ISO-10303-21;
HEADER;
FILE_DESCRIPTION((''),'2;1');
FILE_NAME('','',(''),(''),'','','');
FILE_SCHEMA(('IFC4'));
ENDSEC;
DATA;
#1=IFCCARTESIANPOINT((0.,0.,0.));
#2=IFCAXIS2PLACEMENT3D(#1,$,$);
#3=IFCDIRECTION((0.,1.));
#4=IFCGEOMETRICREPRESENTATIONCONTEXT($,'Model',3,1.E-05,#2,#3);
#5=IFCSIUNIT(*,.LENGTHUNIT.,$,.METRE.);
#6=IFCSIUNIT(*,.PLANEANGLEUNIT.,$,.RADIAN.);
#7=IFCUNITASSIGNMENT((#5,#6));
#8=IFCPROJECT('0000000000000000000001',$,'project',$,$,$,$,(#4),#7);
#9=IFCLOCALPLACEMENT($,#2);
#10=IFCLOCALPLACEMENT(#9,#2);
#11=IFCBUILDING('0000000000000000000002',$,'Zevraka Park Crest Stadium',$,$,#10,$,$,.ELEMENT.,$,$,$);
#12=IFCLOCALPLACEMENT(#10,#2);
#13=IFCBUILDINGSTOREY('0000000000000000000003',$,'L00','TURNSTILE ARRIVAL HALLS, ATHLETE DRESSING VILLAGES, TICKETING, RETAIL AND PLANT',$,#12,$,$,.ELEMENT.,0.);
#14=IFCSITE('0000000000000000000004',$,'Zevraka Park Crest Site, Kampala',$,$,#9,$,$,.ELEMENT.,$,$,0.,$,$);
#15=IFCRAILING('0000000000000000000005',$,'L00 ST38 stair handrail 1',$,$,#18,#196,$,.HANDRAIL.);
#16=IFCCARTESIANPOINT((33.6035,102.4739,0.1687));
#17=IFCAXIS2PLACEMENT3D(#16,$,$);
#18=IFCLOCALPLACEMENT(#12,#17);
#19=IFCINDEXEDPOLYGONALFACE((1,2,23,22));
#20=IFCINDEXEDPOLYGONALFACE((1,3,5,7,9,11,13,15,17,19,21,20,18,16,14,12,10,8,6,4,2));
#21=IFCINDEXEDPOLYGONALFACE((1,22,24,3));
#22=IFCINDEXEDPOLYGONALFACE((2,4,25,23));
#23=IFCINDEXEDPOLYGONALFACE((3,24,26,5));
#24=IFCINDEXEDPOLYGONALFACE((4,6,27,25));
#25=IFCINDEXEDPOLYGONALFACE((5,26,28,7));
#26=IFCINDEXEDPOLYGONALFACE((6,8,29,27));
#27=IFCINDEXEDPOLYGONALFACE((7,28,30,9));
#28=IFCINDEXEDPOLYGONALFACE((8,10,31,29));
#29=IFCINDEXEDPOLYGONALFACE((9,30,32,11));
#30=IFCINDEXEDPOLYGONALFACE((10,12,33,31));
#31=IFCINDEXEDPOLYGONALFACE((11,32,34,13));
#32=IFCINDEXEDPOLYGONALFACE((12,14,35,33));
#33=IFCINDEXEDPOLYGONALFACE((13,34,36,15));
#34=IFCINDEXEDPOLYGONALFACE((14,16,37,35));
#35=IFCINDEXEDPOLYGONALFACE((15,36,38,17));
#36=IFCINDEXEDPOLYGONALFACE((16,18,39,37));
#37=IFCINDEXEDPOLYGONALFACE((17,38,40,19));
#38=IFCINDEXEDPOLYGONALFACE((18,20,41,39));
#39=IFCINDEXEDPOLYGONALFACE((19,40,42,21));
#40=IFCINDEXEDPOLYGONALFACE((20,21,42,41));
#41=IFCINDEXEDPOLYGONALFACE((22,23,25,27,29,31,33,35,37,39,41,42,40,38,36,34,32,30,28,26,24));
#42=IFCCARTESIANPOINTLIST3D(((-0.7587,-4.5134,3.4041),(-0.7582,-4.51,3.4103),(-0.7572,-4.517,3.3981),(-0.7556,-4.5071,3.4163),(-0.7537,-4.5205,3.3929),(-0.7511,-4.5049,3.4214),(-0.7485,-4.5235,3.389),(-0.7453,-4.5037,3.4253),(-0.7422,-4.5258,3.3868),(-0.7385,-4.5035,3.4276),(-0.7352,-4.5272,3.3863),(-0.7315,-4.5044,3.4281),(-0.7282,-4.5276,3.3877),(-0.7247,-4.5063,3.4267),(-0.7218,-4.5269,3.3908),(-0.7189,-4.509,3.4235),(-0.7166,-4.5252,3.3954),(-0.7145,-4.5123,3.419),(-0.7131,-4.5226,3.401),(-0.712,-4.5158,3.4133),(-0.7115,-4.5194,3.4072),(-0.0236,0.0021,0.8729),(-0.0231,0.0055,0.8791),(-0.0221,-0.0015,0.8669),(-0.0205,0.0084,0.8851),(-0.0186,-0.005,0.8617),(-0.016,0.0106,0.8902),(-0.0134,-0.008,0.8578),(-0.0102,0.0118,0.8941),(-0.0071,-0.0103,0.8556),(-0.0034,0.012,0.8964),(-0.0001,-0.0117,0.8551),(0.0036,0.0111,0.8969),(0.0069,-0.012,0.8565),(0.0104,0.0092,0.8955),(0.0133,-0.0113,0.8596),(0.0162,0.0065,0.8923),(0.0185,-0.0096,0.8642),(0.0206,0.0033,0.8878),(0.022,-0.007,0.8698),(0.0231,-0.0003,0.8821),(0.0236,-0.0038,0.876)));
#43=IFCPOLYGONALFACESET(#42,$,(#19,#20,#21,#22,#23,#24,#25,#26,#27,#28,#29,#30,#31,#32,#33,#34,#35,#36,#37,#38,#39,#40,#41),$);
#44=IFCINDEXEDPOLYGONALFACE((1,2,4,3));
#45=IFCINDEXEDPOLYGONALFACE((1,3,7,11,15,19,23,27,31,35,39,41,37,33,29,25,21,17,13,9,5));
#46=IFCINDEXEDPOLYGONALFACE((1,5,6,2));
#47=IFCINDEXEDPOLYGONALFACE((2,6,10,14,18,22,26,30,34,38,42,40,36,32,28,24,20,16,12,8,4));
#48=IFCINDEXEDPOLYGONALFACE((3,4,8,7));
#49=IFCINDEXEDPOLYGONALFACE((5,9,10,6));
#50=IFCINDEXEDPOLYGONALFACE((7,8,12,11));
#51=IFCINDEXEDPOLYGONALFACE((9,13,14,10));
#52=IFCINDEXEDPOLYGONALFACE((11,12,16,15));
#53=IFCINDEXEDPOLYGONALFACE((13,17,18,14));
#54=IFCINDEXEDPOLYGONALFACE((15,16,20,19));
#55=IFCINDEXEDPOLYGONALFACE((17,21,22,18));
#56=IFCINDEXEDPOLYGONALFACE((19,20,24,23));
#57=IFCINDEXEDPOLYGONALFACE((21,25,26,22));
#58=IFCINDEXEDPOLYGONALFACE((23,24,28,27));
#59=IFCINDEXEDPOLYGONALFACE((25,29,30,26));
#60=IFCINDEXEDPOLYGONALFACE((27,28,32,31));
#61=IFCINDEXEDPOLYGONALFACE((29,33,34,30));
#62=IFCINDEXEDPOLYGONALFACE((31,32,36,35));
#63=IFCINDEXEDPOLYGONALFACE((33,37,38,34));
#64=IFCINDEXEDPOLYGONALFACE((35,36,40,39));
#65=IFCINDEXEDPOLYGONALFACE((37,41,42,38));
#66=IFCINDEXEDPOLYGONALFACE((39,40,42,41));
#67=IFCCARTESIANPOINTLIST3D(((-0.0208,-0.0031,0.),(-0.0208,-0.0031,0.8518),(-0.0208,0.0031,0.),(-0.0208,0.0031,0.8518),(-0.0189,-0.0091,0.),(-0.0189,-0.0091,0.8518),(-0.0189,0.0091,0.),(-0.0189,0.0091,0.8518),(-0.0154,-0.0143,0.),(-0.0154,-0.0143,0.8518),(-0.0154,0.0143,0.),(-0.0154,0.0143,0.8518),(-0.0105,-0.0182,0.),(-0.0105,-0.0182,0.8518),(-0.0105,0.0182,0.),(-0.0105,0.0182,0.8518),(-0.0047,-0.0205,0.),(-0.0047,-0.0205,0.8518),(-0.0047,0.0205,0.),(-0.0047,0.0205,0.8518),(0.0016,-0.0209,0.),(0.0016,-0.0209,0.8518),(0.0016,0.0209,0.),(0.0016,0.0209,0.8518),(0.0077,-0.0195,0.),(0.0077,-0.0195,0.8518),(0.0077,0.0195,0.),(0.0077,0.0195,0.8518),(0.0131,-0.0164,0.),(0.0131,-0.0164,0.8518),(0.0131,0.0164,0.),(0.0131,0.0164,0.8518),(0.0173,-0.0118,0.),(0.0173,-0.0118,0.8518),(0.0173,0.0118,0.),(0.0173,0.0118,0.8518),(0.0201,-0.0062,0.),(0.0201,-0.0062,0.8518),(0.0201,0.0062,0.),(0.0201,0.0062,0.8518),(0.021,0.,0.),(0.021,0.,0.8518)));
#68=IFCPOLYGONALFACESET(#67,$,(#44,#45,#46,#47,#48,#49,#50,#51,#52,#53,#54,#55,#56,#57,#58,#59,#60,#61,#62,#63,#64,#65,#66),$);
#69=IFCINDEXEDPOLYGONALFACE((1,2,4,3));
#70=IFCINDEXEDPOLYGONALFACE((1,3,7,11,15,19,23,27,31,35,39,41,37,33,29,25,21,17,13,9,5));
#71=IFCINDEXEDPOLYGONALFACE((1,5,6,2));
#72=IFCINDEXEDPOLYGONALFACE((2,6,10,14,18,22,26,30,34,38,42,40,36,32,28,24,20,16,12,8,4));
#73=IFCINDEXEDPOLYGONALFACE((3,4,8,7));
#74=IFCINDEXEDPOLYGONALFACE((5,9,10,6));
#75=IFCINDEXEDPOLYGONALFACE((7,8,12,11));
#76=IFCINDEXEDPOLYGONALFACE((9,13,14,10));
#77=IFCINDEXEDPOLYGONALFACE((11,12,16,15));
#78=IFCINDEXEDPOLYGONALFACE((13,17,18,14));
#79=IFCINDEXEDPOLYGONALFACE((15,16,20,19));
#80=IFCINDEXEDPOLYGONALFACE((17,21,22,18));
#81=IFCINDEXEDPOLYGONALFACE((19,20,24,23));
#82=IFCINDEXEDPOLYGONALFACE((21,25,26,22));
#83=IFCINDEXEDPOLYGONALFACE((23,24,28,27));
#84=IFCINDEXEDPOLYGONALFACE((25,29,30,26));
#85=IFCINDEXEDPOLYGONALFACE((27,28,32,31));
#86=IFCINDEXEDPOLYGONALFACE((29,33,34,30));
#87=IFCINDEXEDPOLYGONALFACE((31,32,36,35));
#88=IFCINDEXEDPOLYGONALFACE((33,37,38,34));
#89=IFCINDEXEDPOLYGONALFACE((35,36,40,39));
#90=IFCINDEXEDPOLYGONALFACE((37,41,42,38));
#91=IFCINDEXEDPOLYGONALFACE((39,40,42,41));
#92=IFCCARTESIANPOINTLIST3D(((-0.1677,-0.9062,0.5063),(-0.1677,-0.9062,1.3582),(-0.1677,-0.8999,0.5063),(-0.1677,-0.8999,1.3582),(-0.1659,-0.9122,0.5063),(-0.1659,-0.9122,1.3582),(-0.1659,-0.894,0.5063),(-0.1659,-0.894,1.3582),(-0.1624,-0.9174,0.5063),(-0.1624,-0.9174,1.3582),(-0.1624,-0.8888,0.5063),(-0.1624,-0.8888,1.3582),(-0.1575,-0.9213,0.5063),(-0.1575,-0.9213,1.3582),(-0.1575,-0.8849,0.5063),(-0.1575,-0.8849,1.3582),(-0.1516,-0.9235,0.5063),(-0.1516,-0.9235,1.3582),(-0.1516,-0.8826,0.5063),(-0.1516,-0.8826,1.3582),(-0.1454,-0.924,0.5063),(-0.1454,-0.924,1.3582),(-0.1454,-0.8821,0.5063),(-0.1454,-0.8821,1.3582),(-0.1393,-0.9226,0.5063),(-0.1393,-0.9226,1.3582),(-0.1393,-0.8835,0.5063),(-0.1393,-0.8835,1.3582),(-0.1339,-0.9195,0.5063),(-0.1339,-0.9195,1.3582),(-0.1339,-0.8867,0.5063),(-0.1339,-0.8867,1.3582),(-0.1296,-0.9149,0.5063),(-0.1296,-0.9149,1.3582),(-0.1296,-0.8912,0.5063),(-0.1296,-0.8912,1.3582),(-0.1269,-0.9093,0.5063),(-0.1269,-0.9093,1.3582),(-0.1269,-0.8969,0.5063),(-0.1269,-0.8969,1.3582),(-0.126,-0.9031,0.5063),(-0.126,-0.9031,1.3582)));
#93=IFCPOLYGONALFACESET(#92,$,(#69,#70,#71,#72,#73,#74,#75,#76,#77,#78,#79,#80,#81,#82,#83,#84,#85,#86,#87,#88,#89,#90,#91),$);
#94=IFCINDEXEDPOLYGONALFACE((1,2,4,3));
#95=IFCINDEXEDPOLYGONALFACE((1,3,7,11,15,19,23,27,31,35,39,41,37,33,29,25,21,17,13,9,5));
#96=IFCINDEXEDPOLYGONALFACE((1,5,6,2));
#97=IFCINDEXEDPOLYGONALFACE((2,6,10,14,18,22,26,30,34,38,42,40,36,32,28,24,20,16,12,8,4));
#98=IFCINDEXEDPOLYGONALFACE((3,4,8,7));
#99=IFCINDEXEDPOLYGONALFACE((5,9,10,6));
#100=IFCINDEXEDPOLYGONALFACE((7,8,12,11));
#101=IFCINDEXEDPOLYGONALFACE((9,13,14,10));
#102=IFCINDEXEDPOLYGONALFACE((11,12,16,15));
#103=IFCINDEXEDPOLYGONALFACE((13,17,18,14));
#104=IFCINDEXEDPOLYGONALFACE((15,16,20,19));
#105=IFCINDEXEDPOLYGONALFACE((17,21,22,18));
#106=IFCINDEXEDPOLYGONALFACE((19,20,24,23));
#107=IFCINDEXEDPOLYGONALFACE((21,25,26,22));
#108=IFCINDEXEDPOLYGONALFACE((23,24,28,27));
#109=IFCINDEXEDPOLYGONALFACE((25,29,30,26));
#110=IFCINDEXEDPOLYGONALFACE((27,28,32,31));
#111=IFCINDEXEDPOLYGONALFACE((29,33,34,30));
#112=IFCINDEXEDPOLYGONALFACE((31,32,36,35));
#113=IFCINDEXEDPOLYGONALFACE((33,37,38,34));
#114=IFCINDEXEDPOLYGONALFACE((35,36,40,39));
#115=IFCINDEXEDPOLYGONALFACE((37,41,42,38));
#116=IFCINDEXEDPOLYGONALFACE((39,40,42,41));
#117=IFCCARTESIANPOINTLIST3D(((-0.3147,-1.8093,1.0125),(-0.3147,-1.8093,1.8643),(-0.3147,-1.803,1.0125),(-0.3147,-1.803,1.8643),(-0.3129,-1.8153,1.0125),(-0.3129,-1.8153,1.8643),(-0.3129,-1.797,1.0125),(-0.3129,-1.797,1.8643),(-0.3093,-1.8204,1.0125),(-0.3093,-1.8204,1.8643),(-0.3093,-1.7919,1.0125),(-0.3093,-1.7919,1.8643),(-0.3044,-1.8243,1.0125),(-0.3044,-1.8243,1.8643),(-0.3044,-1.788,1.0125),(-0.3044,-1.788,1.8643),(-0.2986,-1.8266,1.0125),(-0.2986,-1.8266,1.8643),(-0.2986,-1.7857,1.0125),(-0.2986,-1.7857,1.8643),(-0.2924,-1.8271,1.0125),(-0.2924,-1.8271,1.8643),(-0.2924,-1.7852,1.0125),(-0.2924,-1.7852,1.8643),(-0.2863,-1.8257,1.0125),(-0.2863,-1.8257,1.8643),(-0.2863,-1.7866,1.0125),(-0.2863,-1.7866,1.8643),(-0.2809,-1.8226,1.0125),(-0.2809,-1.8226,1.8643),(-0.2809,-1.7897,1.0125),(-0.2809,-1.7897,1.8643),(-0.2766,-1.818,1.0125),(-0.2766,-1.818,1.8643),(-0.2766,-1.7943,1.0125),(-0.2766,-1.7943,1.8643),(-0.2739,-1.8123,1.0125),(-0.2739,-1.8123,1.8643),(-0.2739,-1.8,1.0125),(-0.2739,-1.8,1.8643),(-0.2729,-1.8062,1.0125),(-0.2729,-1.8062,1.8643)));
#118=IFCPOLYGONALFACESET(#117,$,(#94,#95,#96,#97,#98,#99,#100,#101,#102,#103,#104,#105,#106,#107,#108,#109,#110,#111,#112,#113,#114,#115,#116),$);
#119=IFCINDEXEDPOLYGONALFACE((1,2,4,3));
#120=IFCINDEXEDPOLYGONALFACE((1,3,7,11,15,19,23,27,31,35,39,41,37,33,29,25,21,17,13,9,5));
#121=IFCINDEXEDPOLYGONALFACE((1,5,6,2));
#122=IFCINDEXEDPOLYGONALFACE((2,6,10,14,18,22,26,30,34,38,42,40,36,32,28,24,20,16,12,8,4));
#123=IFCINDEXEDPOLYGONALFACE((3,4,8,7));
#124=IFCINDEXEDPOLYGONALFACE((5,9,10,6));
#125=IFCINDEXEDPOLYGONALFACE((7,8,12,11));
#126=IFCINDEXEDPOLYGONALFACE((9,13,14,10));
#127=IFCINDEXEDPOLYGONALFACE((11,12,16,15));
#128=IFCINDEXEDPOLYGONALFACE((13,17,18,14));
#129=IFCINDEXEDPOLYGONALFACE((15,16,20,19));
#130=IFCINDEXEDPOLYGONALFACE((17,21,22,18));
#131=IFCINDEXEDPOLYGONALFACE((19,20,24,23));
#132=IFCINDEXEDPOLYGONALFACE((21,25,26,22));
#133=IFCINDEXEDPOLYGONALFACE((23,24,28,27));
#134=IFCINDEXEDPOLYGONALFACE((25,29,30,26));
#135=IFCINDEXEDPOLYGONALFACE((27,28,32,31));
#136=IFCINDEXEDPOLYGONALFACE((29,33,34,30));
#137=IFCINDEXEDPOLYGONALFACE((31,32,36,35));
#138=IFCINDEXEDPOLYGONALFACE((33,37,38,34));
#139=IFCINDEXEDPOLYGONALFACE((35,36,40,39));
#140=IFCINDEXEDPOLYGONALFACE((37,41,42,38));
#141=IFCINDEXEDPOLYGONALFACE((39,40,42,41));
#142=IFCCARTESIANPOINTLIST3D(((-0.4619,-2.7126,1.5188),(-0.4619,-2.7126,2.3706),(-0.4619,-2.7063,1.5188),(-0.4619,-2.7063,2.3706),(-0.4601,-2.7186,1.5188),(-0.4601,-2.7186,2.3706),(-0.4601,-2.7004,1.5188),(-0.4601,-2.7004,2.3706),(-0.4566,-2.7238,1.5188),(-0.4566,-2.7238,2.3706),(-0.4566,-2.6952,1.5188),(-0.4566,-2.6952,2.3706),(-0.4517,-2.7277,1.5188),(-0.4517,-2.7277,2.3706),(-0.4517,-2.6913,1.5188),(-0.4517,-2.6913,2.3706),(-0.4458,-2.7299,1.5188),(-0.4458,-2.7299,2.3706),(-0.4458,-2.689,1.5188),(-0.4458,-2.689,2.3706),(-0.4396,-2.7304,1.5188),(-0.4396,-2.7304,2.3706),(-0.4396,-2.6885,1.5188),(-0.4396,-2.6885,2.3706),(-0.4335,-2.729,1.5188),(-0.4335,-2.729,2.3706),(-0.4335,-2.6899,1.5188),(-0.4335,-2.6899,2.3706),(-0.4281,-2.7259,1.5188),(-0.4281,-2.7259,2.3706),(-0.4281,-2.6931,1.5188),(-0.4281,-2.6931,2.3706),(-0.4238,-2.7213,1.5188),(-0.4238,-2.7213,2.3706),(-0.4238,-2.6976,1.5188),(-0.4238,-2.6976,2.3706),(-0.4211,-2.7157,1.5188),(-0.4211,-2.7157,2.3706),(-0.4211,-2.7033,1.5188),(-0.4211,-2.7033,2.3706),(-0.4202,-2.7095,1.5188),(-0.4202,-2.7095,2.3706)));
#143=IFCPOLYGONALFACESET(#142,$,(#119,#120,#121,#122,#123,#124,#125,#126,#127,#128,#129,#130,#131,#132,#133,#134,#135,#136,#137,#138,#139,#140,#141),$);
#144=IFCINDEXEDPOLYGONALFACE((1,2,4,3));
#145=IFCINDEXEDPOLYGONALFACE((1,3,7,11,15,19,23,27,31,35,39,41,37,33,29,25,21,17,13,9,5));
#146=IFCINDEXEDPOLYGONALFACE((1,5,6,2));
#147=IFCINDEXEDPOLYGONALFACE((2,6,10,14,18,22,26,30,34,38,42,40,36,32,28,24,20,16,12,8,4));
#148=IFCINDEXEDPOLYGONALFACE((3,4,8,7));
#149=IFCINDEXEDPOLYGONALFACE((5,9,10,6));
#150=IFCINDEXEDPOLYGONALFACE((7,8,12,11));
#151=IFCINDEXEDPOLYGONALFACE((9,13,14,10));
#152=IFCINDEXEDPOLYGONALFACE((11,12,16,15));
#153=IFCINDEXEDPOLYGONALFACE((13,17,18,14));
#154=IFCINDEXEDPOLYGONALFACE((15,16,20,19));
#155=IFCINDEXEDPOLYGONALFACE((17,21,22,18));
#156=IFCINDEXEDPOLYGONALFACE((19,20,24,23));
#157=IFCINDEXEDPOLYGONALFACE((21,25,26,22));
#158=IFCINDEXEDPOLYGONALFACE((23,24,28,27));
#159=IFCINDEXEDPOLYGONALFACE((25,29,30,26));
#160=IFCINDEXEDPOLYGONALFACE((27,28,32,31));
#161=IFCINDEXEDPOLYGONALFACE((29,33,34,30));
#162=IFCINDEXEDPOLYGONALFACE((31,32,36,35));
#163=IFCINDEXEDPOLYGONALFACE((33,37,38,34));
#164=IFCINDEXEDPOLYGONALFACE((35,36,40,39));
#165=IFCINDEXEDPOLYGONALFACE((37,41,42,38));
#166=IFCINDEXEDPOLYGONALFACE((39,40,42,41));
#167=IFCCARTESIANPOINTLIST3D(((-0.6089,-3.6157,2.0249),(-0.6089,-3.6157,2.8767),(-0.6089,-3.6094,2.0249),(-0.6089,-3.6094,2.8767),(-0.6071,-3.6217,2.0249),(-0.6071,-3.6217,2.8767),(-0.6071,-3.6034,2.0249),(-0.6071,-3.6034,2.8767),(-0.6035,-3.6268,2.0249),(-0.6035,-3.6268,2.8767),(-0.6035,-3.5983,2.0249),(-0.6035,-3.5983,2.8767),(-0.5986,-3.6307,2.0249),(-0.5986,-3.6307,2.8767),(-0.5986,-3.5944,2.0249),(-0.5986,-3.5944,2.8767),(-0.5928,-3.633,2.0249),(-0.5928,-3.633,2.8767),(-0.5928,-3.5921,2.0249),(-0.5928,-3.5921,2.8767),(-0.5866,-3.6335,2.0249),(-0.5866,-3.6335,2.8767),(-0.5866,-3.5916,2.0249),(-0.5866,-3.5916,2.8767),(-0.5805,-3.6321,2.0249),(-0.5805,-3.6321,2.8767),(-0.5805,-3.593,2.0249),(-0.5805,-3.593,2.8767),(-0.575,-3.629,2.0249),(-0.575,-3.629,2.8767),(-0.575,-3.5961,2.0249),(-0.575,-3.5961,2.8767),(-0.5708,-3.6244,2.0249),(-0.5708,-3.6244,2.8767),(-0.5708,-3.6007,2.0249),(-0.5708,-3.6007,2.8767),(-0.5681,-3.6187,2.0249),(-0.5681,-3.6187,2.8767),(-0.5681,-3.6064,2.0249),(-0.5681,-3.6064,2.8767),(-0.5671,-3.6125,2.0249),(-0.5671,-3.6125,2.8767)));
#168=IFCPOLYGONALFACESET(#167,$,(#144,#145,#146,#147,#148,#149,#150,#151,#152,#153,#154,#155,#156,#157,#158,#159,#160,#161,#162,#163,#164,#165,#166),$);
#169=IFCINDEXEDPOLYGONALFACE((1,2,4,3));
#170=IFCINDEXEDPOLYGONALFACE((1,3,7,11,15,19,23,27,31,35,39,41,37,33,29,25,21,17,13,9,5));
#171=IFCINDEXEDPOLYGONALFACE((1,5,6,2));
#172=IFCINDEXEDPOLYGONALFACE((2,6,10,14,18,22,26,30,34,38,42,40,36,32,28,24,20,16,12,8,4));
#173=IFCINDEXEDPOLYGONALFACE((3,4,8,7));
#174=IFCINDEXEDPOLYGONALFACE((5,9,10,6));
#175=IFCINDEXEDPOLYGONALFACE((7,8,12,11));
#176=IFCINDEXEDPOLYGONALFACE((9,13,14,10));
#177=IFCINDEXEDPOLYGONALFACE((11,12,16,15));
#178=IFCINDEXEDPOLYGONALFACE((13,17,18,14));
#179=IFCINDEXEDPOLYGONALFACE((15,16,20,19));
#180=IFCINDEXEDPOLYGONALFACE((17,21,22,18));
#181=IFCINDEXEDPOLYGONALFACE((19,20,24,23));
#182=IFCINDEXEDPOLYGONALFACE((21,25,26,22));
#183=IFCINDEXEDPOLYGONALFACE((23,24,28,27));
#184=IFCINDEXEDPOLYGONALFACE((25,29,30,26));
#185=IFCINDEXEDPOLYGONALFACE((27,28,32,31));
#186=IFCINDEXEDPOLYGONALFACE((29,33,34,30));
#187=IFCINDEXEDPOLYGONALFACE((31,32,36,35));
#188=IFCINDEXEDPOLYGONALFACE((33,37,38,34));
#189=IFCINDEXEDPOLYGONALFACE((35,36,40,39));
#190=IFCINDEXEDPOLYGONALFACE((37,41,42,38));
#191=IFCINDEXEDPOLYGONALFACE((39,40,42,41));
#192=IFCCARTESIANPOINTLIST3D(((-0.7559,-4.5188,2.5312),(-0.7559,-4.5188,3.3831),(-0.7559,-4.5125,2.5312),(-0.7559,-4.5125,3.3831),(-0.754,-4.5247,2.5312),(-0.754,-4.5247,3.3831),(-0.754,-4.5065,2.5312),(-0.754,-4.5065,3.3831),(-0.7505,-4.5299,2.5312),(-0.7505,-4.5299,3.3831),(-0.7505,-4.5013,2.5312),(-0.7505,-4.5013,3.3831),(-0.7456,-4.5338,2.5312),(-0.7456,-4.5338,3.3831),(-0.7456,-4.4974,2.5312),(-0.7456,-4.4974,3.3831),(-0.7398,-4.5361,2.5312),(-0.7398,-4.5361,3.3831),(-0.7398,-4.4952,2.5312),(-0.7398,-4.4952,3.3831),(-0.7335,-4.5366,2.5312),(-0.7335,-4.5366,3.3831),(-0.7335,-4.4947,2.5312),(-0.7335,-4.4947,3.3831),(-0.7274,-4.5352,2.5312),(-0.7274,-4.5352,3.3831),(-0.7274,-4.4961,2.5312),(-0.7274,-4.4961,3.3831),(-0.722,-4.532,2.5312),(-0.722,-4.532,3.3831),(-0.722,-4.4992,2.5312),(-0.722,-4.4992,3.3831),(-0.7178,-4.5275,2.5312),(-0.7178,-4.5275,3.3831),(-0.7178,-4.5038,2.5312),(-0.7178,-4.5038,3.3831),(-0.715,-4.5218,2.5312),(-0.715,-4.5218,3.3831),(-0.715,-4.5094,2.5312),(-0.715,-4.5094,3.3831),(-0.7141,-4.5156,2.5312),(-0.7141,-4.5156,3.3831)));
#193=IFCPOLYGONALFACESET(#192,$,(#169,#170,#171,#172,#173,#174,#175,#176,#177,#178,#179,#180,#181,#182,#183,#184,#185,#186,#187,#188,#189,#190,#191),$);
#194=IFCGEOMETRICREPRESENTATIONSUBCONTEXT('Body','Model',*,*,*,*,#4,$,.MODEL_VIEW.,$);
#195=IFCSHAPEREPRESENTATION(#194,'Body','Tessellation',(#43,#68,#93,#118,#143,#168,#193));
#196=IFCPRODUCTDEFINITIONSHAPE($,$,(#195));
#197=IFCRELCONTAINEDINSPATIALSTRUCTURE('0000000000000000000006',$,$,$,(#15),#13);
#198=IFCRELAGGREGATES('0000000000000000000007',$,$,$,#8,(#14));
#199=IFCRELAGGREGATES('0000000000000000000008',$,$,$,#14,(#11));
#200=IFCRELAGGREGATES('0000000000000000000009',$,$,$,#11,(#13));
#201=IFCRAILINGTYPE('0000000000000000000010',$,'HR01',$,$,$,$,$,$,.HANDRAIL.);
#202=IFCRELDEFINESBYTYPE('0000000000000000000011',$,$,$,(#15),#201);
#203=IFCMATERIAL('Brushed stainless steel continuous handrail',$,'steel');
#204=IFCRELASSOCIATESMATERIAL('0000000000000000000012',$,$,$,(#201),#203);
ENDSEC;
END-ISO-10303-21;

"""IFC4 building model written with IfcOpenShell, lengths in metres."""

from ifc_helpers import new_model, si_unit, direction, frame, origin, origin_2d, place, context, subcontext, project, spatial, circle, extrude, material, type_object, element, save


model = new_model("IFC4")

# Units and contexts
model_context = context("Model", 3, precision=1e-05, world=origin(), true_north=direction((0.0, 1.0)))
body_context = subcontext(model_context, "Body", "Model", "MODEL_VIEW")
ifc_project = project(units=[si_unit("LENGTHUNIT", "METRE"), si_unit("PLANEANGLEUNIT", "RADIAN")], contexts=[model_context])

# Site, building, storey
site_placement = place(None, origin())
site = spatial("IfcSite", under=ifc_project, at=site_placement, Name="Zevraka Park Crest Site, Kampala", CompositionType="ELEMENT", RefElevation=0.0)
building_placement = place(site_placement, origin())
building = spatial("IfcBuilding", under=site, at=building_placement, Name="Zevraka Park Crest Stadium", CompositionType="ELEMENT")
storey_placement = place(building_placement, origin())
storey = spatial("IfcBuildingStorey", under=building, at=storey_placement, Name="L00", Description="TURNSTILE ARRIVAL HALLS, ATHLETE DRESSING VILLAGES, TICKETING, RETAIL AND PLANT", CompositionType="ELEMENT", Elevation=0.0)

# Railing
ifc_material_1 = material(Name="Brushed stainless steel continuous handrail", Category="steel")
railing_type_1 = type_object("IfcRailingType", Name="HR01", PredefinedType="HANDRAIL", material=ifc_material_1)
railing_1_placement = place(storey_placement, frame((33.6035, 102.4739, 0.1687)))
element("IfcRailing", 1, at=railing_1_placement, inside=storey, type_object=railing_type_1, Name="L00 ST38 stair handrail 1", PredefinedType="HANDRAIL", context=body_context, shape_type="SweptSolid", body=[
    extrude(circle(Radius=0.0239, at=origin_2d()), frame((0.0, 0.0, 0.876), z_axis=(-0.140593, -0.863636, 0.484114), x_axis=(0.987007, -0.160677, 0.0)), (0.0, 0.0, 1.0), 5.2285),
    extrude(circle(Radius=0.021, at=origin_2d()), origin(), (0.0, 0.0, 1.0), 0.8518),
    extrude(circle(Radius=0.021, at=origin_2d()), frame((-0.147, -0.9031, 0.5063)), (0.0, 0.0, 1.0), 0.8518),
    extrude(circle(Radius=0.021, at=origin_2d()), frame((-0.2939, -1.8062, 1.0125)), (0.0, 0.0, 1.0), 0.8518),
    extrude(circle(Radius=0.021, at=origin_2d()), frame((-0.4412, -2.7095, 1.5188)), (0.0, 0.0, 1.0), 0.8518),
    extrude(circle(Radius=0.021, at=origin_2d()), frame((-0.5881, -3.6125, 2.0249)), (0.0, 0.0, 1.0), 0.8518),
    extrude(circle(Radius=0.021, at=origin_2d()), frame((-0.7351, -4.5156, 2.5312)), (0.0, 0.0, 1.0), 0.8518),
])

save(model, "model.ifc")
